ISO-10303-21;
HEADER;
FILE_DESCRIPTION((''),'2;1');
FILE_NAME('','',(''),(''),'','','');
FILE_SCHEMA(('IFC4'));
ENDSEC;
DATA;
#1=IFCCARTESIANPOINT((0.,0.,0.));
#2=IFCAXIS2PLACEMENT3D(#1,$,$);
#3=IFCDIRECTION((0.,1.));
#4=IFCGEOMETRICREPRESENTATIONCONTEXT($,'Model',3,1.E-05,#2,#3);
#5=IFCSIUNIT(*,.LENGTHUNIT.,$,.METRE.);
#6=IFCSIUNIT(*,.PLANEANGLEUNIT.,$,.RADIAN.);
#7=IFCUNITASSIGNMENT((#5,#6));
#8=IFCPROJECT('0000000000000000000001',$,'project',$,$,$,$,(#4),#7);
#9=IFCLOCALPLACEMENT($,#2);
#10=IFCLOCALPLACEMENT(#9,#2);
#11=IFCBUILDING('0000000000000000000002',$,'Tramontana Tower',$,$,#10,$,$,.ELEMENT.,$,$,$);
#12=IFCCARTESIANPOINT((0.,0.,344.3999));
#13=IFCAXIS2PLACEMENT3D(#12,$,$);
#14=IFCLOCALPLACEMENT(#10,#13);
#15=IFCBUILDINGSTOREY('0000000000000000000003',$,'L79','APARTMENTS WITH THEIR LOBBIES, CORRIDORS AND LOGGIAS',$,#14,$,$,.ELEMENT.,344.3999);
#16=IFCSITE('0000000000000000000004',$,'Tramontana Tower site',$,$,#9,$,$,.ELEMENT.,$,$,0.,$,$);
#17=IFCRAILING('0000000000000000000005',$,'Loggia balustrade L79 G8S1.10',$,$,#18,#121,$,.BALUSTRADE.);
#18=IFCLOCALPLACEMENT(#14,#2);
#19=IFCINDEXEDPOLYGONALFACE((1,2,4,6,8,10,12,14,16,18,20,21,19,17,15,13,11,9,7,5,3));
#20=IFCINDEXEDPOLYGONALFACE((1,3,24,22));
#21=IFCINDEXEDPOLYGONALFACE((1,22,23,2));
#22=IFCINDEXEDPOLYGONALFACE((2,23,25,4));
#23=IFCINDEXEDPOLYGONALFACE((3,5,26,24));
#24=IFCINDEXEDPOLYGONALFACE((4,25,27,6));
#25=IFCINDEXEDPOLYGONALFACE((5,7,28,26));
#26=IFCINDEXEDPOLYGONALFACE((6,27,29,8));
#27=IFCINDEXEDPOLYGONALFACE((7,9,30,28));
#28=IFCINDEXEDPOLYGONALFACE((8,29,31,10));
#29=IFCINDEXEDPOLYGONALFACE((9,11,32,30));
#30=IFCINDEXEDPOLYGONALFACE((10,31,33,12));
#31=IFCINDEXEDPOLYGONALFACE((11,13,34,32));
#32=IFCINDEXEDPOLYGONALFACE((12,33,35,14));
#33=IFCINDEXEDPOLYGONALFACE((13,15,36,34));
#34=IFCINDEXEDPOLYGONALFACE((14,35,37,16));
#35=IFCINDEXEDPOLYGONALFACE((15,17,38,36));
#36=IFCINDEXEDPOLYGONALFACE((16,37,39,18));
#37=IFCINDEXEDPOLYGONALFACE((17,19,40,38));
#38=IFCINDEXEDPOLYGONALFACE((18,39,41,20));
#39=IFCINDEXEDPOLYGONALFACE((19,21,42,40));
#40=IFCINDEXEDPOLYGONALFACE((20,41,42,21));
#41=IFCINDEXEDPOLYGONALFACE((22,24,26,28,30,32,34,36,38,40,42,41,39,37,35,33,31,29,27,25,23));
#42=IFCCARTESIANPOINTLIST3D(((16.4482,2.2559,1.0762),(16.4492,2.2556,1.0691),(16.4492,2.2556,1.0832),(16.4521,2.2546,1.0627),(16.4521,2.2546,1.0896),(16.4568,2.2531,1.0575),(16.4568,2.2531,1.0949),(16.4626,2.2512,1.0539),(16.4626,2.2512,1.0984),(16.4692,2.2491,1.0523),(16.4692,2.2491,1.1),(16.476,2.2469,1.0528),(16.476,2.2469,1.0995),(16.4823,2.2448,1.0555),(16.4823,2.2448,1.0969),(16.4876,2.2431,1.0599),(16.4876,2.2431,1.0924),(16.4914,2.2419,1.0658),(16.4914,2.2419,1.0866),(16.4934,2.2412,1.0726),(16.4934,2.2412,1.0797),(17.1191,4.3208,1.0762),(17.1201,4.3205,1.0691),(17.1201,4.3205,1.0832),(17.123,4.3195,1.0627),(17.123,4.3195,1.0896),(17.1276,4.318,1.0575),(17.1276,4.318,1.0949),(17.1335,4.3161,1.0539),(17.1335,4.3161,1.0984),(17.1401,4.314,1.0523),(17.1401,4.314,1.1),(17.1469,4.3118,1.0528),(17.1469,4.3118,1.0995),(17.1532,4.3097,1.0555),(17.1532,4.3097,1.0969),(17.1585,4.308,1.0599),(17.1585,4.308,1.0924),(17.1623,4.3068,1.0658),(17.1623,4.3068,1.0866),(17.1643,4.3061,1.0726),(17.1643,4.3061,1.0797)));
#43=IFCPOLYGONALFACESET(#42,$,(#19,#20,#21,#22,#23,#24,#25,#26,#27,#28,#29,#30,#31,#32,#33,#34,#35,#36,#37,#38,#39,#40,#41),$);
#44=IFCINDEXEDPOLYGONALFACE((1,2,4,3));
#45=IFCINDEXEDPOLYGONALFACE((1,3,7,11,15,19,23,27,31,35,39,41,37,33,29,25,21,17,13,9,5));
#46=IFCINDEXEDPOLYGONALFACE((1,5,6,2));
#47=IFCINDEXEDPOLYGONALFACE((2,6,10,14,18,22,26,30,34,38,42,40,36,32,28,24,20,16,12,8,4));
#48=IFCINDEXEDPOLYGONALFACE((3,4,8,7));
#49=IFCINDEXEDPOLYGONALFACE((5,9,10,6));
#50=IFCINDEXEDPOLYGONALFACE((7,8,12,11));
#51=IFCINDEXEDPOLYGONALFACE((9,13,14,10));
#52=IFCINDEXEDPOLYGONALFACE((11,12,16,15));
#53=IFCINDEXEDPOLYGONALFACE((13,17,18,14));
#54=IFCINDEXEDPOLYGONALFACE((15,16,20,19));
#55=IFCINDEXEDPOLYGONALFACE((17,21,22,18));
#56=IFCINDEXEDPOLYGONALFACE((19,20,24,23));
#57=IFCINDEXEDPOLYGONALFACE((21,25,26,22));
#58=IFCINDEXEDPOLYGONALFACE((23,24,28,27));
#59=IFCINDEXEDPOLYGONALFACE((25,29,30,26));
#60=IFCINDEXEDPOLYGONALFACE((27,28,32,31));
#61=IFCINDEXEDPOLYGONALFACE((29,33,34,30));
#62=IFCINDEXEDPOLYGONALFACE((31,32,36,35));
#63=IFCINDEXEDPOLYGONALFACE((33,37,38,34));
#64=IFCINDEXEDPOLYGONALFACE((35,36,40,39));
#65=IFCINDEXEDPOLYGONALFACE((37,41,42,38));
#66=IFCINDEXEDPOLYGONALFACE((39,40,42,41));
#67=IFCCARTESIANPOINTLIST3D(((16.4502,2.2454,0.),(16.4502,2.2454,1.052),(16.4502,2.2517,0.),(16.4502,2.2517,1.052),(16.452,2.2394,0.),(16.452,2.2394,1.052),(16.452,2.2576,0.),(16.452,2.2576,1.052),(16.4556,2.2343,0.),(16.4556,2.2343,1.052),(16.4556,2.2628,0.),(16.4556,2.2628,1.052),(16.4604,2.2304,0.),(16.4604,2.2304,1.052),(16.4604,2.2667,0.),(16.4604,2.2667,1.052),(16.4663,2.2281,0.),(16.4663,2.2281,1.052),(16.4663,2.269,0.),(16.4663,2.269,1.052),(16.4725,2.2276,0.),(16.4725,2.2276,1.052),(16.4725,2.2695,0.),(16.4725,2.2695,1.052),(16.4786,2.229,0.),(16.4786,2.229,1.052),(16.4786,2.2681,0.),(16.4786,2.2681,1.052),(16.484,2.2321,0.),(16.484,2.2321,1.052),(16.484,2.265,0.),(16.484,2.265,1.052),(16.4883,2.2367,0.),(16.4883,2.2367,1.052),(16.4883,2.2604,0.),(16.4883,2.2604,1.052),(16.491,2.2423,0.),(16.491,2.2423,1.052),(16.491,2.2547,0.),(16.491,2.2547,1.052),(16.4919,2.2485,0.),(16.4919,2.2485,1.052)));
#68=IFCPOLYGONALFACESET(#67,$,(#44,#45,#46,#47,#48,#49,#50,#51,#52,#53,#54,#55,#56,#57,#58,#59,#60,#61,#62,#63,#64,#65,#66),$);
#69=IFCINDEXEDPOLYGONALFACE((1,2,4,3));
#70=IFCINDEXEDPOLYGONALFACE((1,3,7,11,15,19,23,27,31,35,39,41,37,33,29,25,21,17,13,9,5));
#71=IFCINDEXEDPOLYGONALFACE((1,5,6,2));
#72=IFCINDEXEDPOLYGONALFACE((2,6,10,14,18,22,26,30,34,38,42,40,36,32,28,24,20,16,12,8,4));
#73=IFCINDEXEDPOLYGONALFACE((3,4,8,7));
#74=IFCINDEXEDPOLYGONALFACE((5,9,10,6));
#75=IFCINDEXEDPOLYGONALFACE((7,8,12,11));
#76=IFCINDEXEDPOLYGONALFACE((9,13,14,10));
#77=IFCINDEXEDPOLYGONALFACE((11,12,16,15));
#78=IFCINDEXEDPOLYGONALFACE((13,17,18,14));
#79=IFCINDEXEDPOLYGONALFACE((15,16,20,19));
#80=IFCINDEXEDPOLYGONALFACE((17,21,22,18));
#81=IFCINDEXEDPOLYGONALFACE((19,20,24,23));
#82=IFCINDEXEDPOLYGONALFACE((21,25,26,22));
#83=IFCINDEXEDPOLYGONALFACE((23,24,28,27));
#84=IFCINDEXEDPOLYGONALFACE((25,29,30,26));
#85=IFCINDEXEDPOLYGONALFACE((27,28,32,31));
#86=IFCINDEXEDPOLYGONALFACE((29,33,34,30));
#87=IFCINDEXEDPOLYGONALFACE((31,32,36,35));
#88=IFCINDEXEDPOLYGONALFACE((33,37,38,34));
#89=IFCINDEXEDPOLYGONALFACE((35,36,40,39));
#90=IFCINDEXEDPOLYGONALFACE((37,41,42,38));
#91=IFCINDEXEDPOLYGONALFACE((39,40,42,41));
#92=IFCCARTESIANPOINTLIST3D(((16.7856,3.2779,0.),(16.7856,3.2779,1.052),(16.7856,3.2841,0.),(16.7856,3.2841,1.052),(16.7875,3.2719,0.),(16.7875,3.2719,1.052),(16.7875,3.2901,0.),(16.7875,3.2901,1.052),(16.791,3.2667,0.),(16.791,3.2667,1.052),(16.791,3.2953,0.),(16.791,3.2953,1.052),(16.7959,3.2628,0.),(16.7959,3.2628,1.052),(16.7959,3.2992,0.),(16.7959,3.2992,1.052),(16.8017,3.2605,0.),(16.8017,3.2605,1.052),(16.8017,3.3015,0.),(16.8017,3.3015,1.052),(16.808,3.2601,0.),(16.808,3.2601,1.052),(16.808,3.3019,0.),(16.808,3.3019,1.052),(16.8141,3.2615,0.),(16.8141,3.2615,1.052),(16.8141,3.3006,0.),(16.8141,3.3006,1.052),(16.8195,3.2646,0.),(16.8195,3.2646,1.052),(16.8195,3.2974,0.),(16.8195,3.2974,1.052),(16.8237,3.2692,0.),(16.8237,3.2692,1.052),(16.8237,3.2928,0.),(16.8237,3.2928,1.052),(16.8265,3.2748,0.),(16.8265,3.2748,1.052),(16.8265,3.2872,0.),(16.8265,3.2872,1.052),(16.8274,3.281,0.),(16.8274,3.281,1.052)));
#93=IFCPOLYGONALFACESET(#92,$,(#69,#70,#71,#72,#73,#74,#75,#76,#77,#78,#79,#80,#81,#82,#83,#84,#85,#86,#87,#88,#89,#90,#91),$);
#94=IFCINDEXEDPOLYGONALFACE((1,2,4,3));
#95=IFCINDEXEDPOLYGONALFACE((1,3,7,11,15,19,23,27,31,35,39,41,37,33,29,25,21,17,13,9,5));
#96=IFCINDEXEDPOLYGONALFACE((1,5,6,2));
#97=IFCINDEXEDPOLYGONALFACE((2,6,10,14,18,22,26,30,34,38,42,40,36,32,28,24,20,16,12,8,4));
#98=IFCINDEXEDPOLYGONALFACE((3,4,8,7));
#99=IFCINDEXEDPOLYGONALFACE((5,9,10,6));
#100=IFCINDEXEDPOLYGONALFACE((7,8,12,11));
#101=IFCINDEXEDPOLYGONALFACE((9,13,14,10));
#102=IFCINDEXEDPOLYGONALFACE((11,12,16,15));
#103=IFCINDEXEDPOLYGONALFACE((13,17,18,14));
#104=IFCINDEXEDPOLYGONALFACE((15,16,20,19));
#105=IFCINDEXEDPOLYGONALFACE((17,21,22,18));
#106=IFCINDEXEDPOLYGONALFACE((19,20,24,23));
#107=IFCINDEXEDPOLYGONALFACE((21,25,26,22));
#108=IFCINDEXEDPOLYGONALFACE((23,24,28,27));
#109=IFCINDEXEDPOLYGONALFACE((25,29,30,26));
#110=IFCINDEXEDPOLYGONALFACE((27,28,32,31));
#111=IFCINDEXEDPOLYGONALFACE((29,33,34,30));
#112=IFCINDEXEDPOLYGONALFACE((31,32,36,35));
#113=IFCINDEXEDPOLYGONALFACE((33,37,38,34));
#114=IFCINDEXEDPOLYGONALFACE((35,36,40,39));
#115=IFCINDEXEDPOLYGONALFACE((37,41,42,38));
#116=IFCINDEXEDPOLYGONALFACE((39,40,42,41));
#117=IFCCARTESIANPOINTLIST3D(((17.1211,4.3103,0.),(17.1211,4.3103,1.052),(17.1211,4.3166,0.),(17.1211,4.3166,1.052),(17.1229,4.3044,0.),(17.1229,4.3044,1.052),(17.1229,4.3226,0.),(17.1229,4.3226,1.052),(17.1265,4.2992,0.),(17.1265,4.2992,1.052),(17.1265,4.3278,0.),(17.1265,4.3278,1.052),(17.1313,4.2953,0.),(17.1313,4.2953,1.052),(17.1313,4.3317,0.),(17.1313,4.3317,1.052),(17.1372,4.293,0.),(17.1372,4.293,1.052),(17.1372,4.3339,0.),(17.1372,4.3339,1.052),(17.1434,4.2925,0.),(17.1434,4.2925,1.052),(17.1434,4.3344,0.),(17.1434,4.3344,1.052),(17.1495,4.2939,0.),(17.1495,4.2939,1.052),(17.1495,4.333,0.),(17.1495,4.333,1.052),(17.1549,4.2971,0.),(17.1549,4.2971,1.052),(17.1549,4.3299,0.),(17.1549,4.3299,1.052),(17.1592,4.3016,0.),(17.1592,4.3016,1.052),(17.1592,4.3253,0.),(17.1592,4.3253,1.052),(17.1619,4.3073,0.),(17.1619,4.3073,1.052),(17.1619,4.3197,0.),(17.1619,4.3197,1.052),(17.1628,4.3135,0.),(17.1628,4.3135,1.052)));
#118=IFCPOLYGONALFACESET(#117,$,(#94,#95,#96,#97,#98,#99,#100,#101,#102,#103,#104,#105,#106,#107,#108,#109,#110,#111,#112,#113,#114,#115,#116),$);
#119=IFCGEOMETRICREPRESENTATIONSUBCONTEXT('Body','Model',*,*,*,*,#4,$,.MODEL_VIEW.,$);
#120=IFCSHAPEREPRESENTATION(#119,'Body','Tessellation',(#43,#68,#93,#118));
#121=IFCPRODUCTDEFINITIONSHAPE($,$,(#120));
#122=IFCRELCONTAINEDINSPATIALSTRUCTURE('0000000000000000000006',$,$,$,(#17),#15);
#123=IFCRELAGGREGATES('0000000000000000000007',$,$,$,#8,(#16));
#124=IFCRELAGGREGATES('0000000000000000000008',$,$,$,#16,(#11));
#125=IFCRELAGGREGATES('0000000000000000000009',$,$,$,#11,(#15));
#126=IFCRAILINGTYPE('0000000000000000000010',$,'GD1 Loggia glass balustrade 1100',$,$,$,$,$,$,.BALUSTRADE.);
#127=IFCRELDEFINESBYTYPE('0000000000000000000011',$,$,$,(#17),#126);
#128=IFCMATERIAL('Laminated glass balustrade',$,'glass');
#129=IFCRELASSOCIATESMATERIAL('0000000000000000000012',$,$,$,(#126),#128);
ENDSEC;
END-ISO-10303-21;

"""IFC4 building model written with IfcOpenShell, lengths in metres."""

from ifc_helpers import new_model, si_unit, direction, frame, origin, origin_2d, place, context, subcontext, project, spatial, circle, extrude, material, type_object, element, save


model = new_model("IFC4")

# Units and contexts
model_context = context("Model", 3, precision=1e-05, world=origin(), true_north=direction((0.0, 1.0)))
body_context = subcontext(model_context, "Body", "Model", "MODEL_VIEW")
ifc_project = project(units=[si_unit("LENGTHUNIT", "METRE"), si_unit("PLANEANGLEUNIT", "RADIAN")], contexts=[model_context])

# Site, building, storey
site_placement = place(None, origin())
site = spatial("IfcSite", under=ifc_project, at=site_placement, Name="Tramontana Tower site", CompositionType="ELEMENT", RefElevation=0.0)
building_placement = place(site_placement, origin())
building = spatial("IfcBuilding", under=site, at=building_placement, Name="Tramontana Tower", CompositionType="ELEMENT")
storey_placement = place(building_placement, frame((0.0, 0.0, 344.3999)))
storey = spatial("IfcBuildingStorey", under=building, at=storey_placement, Name="L79", Description="APARTMENTS WITH THEIR LOBBIES, CORRIDORS AND LOGGIAS", CompositionType="ELEMENT", Elevation=344.3999)

# Railing
ifc_material_1 = material(Name="Laminated glass balustrade", Category="glass")
railing_type_1 = type_object("IfcRailingType", Name="GD1 Loggia glass balustrade 1100", PredefinedType="BALUSTRADE", material=ifc_material_1)
railing_1_placement = place(storey_placement, frame((16.4709, 2.2485, 0.0)))
element("IfcRailing", 1, at=railing_1_placement, inside=storey, type_object=railing_type_1, Name="Loggia balustrade L79 G8S1.10", PredefinedType="BALUSTRADE", context=body_context, shape_type="SweptSolid", body=[
    extrude(circle(Radius=0.0239, at=origin_2d()), frame((0.0, 0.0, 1.0762), z_axis=(0.309, 0.951062, 0.0), x_axis=(-0.951062, 0.309, 0.0)), (0.0, 0.0, 1.0), 2.1711),
    extrude(circle(Radius=0.021, at=origin_2d()), origin(), (0.0, 0.0, 1.0), 1.052),
    extrude(circle(Radius=0.021, at=origin_2d()), frame((0.3354, 1.0325, 0.0)), (0.0, 0.0, 1.0), 1.052),
    extrude(circle(Radius=0.021, at=origin_2d()), frame((0.6709, 2.0649, 0.0)), (0.0, 0.0, 1.0), 1.052),
])

save(model, "model.ifc")
